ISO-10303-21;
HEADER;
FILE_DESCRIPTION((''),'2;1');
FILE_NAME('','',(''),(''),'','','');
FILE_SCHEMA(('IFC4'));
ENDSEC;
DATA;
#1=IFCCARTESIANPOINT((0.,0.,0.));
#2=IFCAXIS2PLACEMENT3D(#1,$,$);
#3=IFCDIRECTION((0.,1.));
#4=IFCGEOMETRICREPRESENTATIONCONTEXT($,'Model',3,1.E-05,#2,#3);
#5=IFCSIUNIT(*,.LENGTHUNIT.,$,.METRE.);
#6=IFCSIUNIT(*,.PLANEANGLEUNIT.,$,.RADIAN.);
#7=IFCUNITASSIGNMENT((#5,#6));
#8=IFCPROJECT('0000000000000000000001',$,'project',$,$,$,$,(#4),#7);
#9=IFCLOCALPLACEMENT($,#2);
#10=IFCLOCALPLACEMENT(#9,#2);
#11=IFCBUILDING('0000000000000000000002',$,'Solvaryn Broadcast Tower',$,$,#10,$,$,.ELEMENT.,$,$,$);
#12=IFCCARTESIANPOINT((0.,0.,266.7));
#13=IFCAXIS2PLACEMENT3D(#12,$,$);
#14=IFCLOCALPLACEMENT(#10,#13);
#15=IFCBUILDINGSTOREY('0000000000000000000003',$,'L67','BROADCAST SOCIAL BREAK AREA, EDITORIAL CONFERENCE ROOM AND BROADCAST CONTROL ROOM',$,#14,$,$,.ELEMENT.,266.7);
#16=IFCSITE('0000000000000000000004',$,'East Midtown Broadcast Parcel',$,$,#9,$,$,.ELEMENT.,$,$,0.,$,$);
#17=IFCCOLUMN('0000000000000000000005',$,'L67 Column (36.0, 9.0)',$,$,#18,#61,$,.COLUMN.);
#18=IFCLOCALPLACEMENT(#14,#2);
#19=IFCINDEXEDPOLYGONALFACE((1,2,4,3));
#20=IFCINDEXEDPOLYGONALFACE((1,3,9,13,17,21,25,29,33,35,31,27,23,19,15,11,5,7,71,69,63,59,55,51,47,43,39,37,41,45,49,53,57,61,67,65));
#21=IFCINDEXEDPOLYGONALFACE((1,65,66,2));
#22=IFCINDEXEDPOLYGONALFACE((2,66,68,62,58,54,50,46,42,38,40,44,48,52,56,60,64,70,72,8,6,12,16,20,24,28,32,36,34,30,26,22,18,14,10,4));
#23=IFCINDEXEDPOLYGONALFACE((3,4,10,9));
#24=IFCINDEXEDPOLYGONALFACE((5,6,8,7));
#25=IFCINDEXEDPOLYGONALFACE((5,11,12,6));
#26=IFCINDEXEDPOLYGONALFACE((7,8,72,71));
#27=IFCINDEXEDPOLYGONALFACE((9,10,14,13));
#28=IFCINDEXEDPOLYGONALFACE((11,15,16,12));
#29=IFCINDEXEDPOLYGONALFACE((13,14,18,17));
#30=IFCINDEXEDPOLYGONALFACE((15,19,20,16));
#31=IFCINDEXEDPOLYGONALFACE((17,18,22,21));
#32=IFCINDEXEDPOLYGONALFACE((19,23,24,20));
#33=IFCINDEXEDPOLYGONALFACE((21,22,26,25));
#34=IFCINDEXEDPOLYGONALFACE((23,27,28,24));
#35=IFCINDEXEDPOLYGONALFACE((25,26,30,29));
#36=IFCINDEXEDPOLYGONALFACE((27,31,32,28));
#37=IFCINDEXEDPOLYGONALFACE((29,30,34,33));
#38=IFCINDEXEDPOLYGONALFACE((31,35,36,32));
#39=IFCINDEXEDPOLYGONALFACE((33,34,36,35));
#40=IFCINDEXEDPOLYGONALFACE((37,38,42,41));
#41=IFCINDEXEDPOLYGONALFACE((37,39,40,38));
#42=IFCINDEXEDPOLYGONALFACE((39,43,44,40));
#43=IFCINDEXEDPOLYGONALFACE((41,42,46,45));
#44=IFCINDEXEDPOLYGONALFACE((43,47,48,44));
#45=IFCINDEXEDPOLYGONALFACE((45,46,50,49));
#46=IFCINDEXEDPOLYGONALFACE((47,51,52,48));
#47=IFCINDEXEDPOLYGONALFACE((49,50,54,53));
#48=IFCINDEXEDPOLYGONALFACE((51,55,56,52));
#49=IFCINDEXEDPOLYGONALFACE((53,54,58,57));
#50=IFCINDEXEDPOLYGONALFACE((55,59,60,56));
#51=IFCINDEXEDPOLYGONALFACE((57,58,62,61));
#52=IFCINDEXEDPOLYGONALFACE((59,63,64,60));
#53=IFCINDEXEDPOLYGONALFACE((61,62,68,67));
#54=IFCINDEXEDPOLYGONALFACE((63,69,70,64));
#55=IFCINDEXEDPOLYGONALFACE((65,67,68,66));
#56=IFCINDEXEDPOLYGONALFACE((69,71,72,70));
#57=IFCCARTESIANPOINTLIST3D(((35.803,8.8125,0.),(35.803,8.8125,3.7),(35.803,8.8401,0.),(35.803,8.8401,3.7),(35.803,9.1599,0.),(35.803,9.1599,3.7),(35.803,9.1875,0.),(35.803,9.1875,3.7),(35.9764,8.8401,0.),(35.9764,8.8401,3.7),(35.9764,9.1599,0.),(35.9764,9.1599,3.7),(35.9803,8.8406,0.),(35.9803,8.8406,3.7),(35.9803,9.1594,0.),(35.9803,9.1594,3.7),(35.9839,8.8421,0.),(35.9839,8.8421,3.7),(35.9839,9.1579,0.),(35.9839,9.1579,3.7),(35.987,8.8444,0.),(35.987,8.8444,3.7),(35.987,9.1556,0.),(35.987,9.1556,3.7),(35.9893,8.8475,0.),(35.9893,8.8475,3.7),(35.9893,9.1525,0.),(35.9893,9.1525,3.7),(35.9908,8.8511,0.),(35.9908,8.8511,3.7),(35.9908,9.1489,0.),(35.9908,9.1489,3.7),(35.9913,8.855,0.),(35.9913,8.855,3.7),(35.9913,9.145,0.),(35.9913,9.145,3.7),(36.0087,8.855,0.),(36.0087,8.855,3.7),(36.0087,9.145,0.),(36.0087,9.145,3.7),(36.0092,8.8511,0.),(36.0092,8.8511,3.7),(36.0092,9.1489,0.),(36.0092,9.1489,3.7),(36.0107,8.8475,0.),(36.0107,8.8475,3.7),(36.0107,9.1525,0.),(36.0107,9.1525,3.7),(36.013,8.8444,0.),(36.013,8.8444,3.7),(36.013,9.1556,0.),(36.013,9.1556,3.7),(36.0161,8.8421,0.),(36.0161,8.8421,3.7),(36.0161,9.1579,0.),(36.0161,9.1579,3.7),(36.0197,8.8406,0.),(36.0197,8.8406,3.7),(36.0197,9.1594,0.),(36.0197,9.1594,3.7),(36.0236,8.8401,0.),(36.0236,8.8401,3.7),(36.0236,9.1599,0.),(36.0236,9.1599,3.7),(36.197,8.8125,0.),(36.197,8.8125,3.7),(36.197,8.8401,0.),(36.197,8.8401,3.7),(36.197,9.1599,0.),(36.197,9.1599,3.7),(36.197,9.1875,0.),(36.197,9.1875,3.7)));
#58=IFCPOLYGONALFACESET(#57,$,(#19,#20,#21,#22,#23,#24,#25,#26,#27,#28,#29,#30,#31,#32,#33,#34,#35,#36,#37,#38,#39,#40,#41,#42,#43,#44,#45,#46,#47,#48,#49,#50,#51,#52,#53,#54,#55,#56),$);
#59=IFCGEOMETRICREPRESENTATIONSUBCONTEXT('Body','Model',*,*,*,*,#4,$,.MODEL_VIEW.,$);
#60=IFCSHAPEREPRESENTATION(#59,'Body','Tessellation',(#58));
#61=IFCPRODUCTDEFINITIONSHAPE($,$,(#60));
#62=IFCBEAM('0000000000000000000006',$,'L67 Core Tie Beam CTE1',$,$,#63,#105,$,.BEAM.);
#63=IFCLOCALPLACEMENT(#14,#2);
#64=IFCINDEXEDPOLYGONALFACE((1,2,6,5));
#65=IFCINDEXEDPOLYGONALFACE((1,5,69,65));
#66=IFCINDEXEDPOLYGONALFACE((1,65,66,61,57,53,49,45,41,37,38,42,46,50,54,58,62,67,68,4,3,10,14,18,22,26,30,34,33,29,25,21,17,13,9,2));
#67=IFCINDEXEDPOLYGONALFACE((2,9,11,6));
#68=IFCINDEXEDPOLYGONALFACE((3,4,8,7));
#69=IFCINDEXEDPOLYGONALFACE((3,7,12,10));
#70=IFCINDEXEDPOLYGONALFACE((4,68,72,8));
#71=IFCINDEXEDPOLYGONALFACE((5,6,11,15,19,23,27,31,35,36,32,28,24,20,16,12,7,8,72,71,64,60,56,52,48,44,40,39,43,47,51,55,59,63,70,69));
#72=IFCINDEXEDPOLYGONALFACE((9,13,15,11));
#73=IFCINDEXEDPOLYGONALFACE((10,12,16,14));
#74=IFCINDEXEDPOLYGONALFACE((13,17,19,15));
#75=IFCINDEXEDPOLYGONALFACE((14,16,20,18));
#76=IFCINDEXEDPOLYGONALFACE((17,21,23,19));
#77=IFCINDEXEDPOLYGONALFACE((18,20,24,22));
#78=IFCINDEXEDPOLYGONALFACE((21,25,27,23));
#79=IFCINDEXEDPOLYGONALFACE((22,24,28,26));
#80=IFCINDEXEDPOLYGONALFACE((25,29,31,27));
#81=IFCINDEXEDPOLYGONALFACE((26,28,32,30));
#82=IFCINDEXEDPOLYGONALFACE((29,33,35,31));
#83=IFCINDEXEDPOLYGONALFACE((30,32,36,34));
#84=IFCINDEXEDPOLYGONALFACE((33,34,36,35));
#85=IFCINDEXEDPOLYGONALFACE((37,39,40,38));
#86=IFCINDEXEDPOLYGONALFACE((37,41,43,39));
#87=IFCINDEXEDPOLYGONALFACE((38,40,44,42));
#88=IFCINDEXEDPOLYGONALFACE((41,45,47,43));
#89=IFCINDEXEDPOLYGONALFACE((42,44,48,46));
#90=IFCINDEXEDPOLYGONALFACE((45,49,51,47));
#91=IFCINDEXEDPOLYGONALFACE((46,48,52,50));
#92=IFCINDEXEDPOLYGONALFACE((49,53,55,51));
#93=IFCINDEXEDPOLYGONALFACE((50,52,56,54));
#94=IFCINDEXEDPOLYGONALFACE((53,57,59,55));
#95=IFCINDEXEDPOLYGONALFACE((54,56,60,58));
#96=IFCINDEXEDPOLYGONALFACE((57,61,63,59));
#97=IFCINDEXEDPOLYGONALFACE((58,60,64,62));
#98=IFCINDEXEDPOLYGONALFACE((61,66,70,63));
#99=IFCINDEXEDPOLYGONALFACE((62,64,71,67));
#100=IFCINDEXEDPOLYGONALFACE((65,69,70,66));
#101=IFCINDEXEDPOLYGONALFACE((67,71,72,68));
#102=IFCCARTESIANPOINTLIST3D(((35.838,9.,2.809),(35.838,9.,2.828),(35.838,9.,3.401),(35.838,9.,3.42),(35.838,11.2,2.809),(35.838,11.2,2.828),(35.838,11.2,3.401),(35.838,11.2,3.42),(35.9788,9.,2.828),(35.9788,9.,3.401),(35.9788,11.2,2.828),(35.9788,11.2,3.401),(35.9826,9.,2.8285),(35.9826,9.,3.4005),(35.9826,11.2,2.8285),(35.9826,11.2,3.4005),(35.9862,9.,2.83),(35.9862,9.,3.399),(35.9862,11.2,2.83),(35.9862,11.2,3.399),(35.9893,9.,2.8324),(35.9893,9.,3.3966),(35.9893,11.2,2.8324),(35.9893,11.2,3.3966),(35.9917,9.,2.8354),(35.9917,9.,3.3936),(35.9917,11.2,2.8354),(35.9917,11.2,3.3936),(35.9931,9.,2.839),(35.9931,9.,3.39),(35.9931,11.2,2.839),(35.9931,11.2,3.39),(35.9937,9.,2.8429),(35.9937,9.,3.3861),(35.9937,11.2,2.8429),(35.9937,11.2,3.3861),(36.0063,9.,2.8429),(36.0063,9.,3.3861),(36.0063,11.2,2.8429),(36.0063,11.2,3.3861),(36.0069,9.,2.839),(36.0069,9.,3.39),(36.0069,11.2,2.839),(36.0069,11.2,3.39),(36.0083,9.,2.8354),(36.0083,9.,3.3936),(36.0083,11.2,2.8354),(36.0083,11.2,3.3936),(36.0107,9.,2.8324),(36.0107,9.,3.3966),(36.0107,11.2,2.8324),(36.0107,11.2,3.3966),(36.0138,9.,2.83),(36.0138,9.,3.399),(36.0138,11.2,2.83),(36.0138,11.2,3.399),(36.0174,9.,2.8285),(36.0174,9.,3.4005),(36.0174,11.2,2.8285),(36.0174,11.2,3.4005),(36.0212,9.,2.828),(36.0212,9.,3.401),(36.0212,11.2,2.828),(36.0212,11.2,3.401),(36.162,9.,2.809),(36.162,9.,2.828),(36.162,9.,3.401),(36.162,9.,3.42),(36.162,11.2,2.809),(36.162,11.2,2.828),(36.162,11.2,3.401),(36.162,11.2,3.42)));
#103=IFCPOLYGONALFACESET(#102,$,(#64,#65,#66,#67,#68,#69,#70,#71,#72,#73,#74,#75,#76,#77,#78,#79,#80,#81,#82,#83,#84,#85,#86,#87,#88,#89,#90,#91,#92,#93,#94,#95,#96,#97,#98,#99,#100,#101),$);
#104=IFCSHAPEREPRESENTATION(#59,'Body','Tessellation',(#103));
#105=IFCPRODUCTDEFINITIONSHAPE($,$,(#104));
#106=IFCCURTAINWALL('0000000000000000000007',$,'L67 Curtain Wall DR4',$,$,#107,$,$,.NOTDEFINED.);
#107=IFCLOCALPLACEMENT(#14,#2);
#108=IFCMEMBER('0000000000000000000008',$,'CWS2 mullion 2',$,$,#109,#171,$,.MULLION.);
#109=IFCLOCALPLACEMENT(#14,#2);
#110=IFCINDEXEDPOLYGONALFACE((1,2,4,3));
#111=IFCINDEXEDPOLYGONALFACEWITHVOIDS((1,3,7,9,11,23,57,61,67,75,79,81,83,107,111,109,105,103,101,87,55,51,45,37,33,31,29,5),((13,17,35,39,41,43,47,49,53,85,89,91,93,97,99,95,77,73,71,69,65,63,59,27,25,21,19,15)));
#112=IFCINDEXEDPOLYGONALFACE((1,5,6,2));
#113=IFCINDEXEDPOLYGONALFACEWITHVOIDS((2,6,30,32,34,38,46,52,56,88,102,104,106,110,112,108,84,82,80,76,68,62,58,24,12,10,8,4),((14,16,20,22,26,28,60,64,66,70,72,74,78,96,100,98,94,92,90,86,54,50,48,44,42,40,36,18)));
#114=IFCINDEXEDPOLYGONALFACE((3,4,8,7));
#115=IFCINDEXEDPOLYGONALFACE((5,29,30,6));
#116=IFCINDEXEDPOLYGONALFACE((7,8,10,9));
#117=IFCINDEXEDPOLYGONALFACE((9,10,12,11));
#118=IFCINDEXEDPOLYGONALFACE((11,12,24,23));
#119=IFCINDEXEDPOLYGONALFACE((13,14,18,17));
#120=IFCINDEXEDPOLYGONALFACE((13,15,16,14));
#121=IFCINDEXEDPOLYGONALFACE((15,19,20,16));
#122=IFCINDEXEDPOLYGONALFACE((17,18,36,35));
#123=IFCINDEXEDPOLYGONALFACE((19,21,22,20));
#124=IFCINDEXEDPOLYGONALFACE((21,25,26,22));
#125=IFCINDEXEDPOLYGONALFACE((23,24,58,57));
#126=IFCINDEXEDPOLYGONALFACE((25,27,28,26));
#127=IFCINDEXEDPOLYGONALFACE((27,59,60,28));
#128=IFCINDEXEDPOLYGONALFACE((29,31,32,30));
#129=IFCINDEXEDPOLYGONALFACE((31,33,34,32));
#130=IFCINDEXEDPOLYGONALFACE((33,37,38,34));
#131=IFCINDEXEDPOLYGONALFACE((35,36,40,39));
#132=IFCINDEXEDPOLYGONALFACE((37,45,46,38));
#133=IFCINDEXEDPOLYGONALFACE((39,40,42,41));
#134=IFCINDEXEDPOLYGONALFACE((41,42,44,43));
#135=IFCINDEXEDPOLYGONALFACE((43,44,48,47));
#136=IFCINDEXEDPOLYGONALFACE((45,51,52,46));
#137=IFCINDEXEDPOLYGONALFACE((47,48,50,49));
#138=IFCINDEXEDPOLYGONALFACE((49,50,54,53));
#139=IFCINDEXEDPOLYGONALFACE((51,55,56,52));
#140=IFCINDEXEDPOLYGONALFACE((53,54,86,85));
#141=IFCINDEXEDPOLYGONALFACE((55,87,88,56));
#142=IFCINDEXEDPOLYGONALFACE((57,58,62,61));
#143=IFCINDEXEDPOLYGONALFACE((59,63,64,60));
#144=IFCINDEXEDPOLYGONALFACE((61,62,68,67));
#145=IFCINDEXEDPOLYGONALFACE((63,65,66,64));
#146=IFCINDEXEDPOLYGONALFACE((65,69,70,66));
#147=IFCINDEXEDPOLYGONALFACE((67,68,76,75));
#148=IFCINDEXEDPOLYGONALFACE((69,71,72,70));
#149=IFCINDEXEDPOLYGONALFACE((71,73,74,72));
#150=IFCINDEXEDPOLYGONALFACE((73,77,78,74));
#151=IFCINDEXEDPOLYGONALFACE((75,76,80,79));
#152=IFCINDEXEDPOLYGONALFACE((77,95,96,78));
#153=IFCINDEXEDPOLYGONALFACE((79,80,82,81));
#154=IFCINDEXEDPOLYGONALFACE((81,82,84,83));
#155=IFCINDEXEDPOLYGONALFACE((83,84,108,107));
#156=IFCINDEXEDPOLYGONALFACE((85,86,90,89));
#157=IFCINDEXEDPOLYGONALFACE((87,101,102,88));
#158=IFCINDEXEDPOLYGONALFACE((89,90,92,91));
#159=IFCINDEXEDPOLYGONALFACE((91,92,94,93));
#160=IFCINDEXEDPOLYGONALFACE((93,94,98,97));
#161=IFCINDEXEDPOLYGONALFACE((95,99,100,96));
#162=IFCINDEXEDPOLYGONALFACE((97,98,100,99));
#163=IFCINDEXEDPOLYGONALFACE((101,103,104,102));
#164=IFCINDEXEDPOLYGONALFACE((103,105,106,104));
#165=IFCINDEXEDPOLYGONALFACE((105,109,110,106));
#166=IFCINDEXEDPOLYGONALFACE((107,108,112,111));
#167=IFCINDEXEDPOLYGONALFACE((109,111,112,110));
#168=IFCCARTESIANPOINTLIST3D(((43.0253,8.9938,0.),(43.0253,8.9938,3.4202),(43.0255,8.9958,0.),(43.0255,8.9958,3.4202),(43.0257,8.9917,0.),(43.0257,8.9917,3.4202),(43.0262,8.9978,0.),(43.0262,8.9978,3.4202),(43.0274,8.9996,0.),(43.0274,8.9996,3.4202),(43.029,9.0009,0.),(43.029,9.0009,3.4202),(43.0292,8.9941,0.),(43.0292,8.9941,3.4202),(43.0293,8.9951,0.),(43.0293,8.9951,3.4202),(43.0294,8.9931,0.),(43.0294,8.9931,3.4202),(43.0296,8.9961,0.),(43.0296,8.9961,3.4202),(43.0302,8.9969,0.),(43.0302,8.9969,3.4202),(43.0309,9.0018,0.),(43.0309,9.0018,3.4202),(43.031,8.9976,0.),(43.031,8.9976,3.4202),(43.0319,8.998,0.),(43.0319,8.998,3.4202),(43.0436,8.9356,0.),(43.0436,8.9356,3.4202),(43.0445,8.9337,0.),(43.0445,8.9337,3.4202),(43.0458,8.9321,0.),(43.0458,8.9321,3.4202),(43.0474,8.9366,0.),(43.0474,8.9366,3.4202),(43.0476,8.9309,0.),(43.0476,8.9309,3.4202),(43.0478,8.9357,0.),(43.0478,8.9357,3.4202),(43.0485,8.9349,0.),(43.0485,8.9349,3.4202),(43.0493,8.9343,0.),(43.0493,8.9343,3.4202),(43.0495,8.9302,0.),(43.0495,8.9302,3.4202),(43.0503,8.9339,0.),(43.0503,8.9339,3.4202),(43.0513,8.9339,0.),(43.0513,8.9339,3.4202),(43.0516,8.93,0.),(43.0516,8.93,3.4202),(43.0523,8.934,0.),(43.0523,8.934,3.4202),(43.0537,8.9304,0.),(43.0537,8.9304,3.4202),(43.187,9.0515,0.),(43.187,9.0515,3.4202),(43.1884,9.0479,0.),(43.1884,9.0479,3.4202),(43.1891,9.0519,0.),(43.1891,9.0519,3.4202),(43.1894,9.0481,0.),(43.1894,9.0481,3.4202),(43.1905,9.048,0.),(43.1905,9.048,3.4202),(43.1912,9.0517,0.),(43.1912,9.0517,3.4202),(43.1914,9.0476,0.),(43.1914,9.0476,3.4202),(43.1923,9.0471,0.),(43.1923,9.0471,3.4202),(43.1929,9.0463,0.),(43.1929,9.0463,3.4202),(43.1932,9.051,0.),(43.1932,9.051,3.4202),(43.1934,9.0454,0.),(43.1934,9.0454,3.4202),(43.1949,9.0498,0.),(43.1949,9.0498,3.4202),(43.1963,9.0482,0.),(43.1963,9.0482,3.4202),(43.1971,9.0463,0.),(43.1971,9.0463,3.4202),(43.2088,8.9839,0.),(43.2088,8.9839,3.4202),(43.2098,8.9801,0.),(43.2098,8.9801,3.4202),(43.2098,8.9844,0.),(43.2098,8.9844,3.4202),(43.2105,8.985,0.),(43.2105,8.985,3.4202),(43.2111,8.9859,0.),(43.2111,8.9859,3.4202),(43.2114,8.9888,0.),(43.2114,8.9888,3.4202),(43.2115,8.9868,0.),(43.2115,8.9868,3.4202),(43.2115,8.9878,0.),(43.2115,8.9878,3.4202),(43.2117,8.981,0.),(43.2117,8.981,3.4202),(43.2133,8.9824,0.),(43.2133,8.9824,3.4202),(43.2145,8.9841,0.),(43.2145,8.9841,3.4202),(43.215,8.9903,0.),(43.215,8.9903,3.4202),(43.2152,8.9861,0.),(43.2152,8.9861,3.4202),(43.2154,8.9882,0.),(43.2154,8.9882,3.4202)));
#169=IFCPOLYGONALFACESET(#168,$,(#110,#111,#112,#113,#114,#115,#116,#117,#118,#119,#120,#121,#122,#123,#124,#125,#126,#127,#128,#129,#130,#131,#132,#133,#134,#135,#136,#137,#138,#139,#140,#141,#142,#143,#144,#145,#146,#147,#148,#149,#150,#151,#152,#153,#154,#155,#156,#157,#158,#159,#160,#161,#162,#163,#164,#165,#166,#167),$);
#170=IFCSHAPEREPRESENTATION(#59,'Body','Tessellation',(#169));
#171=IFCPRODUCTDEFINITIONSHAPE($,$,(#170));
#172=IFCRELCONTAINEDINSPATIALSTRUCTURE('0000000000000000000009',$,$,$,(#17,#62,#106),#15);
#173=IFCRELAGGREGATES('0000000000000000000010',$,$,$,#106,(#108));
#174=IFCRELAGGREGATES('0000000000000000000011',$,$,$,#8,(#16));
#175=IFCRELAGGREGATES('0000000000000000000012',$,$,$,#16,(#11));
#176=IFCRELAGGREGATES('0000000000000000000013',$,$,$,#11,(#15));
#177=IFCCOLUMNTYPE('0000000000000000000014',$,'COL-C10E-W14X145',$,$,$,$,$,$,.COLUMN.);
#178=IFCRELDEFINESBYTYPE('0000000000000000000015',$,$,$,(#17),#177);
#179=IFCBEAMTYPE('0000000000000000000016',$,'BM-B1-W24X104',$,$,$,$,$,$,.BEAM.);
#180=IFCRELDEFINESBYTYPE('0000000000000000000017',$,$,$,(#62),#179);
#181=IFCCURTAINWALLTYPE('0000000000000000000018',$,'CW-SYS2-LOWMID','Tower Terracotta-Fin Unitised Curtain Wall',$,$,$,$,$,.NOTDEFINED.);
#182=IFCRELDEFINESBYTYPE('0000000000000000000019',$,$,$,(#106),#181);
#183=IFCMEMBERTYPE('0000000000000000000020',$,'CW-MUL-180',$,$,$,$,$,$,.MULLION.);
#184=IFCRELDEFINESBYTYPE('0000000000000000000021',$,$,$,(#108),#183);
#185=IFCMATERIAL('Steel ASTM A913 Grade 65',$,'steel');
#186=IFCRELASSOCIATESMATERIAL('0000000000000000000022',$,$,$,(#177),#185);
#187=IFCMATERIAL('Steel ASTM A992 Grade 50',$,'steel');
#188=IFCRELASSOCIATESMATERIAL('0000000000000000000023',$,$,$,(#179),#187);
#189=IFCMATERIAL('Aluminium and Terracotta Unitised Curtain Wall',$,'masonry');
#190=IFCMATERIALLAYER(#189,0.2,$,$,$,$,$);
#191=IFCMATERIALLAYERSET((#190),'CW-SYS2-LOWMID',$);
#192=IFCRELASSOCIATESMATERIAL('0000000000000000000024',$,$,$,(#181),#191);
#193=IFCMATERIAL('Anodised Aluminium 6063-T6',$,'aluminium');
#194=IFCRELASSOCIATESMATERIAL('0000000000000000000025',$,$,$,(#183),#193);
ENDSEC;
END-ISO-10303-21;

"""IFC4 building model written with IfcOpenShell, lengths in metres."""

from ifc_helpers import new_model, si_unit, direction, frame, origin, origin_2d, place, context, subcontext, project, spatial, hollow_rectangle, i_section, extrude, material, layer, layer_set, material_profile, profile_set, type_object, element, aggregate, save


model = new_model("IFC4")

# Units and contexts
model_context = context("Model", 3, precision=1e-05, world=origin(), true_north=direction((0.0, 1.0)))
body_context = subcontext(model_context, "Body", "Model", "MODEL_VIEW")
ifc_project = project(units=[si_unit("LENGTHUNIT", "METRE"), si_unit("PLANEANGLEUNIT", "RADIAN")], contexts=[model_context])

# Site, building, storey
site_placement = place(None, origin())
site = spatial("IfcSite", under=ifc_project, at=site_placement, Name="East Midtown Broadcast Parcel", CompositionType="ELEMENT", RefElevation=0.0)
building_placement = place(site_placement, origin())
building = spatial("IfcBuilding", under=site, at=building_placement, Name="Solvaryn Broadcast Tower", CompositionType="ELEMENT")
storey_placement = place(building_placement, frame((0.0, 0.0, 266.7)))
storey = spatial("IfcBuildingStorey", under=building, at=storey_placement, Name="L67", Description="BROADCAST SOCIAL BREAK AREA, EDITORIAL CONFERENCE ROOM AND BROADCAST CONTROL ROOM", CompositionType="ELEMENT", Elevation=266.7)

# Column
ifc_material_1 = material(Name="Steel ASTM A913 Grade 65", Category="steel")
ifc_material_profile_1 = material_profile(ifc_material_1, i_section(OverallWidth=0.394, OverallDepth=0.375, WebThickness=0.0173, FlangeThickness=0.0276, FilletRadius=0.0149, at=origin_2d()))
ifc_profile_set_1 = profile_set([ifc_material_profile_1], Name="Steel ASTM A913 Grade 65")
column_type = type_object("IfcColumnType", Name="COL-C10E-W14X145", PredefinedType="COLUMN", material=ifc_profile_set_1)
column_placement = place(storey_placement, frame((36.0, 9.0, 0.0), z_axis=(0.0, 0.0, 1.0), x_axis=(1.0, 0.0, 0.0)))
element("IfcColumn", 1, at=column_placement, inside=storey, type_object=column_type, Name="L67 Column (36.0, 9.0)", PredefinedType="COLUMN", context=body_context, shape_type="SweptSolid", body=[
    extrude(i_section(OverallWidth=0.394, OverallDepth=0.375, WebThickness=0.0173, FlangeThickness=0.0276, FilletRadius=0.0149, at=origin_2d()), origin(), (0.0, 0.0, 1.0), 3.7),
])

# Beam
ifc_material_2 = material(Name="Steel ASTM A992 Grade 50", Category="steel")
ifc_material_profile_2 = material_profile(ifc_material_2, i_section(OverallWidth=0.324, OverallDepth=0.6111, WebThickness=0.0127, FlangeThickness=0.019, FilletRadius=0.0149, at=origin_2d()))
ifc_profile_set_2 = profile_set([ifc_material_profile_2], Name="Steel ASTM A992 Grade 50")
beam_type = type_object("IfcBeamType", Name="BM-B1-W24X104", PredefinedType="BEAM", material=ifc_profile_set_2)
beam_placement = place(storey_placement, frame((36.0, 9.0, 3.1145), z_axis=(0.0, 1.0, 0.0), x_axis=(-1.0, 0.0, 0.0)))
element("IfcBeam", 2, at=beam_placement, inside=storey, type_object=beam_type, Name="L67 Core Tie Beam CTE1", PredefinedType="BEAM", context=body_context, shape_type="SweptSolid", body=[
    extrude(i_section(OverallWidth=0.324, OverallDepth=0.6111, WebThickness=0.0127, FlangeThickness=0.019, FilletRadius=0.0149, at=origin_2d()), origin(), (0.0, 0.0, 1.0), 2.2),
])

# Curtain wall, member
ifc_material_3 = material(Name="Aluminium and Terracotta Unitised Curtain Wall", Category="masonry")
ifc_layer_1 = layer(ifc_material_3, 0.2)
ifc_layer_set_1 = layer_set([ifc_layer_1], Name="CW-SYS2-LOWMID")
curtain_wall_type = type_object("IfcCurtainWallType", Name="CW-SYS2-LOWMID", Description="Tower Terracotta-Fin Unitised Curtain Wall", PredefinedType="NOTDEFINED", material=ifc_layer_set_1)
curtain_wall_1_placement = place(storey_placement, origin())
curtain_wall_1 = element("IfcCurtainWall", 3, at=curtain_wall_1_placement, inside=storey, type_object=curtain_wall_type, Name="L67 Curtain Wall DR4", PredefinedType="NOTDEFINED")
ifc_material_4 = material(Name="Anodised Aluminium 6063-T6", Category="aluminium")
ifc_material_profile_3 = material_profile(ifc_material_4, hollow_rectangle(XDim=0.075, YDim=0.1799, WallThickness=0.0039, InnerFilletRadius=0.0039, OuterFilletRadius=0.0081, at=origin_2d()))
ifc_profile_set_3 = profile_set([ifc_material_profile_3], Name="Anodised Aluminium 6063-T6")
member_type = type_object("IfcMemberType", Name="CW-MUL-180", PredefinedType="MULLION", material=ifc_profile_set_3)
member_1_placement = place(storey_placement, frame((43.1204, 8.991, 0.0), z_axis=(0.0, 0.0, 1.0), x_axis=(-0.303616, 0.952795, 0.0)))
member_1 = element("IfcMember", 4, at=member_1_placement, type_object=member_type, Name="CWS2 mullion 2", PredefinedType="MULLION", context=body_context, shape_type="SweptSolid", body=[
    extrude(hollow_rectangle(XDim=0.075, YDim=0.1799, WallThickness=0.0039, InnerFilletRadius=0.0039, OuterFilletRadius=0.0081, at=origin_2d()), origin(), (0.0, 0.0, 1.0), 3.4202),
])

aggregate(curtain_wall_1, [member_1])

save(model, "model.ifc")
